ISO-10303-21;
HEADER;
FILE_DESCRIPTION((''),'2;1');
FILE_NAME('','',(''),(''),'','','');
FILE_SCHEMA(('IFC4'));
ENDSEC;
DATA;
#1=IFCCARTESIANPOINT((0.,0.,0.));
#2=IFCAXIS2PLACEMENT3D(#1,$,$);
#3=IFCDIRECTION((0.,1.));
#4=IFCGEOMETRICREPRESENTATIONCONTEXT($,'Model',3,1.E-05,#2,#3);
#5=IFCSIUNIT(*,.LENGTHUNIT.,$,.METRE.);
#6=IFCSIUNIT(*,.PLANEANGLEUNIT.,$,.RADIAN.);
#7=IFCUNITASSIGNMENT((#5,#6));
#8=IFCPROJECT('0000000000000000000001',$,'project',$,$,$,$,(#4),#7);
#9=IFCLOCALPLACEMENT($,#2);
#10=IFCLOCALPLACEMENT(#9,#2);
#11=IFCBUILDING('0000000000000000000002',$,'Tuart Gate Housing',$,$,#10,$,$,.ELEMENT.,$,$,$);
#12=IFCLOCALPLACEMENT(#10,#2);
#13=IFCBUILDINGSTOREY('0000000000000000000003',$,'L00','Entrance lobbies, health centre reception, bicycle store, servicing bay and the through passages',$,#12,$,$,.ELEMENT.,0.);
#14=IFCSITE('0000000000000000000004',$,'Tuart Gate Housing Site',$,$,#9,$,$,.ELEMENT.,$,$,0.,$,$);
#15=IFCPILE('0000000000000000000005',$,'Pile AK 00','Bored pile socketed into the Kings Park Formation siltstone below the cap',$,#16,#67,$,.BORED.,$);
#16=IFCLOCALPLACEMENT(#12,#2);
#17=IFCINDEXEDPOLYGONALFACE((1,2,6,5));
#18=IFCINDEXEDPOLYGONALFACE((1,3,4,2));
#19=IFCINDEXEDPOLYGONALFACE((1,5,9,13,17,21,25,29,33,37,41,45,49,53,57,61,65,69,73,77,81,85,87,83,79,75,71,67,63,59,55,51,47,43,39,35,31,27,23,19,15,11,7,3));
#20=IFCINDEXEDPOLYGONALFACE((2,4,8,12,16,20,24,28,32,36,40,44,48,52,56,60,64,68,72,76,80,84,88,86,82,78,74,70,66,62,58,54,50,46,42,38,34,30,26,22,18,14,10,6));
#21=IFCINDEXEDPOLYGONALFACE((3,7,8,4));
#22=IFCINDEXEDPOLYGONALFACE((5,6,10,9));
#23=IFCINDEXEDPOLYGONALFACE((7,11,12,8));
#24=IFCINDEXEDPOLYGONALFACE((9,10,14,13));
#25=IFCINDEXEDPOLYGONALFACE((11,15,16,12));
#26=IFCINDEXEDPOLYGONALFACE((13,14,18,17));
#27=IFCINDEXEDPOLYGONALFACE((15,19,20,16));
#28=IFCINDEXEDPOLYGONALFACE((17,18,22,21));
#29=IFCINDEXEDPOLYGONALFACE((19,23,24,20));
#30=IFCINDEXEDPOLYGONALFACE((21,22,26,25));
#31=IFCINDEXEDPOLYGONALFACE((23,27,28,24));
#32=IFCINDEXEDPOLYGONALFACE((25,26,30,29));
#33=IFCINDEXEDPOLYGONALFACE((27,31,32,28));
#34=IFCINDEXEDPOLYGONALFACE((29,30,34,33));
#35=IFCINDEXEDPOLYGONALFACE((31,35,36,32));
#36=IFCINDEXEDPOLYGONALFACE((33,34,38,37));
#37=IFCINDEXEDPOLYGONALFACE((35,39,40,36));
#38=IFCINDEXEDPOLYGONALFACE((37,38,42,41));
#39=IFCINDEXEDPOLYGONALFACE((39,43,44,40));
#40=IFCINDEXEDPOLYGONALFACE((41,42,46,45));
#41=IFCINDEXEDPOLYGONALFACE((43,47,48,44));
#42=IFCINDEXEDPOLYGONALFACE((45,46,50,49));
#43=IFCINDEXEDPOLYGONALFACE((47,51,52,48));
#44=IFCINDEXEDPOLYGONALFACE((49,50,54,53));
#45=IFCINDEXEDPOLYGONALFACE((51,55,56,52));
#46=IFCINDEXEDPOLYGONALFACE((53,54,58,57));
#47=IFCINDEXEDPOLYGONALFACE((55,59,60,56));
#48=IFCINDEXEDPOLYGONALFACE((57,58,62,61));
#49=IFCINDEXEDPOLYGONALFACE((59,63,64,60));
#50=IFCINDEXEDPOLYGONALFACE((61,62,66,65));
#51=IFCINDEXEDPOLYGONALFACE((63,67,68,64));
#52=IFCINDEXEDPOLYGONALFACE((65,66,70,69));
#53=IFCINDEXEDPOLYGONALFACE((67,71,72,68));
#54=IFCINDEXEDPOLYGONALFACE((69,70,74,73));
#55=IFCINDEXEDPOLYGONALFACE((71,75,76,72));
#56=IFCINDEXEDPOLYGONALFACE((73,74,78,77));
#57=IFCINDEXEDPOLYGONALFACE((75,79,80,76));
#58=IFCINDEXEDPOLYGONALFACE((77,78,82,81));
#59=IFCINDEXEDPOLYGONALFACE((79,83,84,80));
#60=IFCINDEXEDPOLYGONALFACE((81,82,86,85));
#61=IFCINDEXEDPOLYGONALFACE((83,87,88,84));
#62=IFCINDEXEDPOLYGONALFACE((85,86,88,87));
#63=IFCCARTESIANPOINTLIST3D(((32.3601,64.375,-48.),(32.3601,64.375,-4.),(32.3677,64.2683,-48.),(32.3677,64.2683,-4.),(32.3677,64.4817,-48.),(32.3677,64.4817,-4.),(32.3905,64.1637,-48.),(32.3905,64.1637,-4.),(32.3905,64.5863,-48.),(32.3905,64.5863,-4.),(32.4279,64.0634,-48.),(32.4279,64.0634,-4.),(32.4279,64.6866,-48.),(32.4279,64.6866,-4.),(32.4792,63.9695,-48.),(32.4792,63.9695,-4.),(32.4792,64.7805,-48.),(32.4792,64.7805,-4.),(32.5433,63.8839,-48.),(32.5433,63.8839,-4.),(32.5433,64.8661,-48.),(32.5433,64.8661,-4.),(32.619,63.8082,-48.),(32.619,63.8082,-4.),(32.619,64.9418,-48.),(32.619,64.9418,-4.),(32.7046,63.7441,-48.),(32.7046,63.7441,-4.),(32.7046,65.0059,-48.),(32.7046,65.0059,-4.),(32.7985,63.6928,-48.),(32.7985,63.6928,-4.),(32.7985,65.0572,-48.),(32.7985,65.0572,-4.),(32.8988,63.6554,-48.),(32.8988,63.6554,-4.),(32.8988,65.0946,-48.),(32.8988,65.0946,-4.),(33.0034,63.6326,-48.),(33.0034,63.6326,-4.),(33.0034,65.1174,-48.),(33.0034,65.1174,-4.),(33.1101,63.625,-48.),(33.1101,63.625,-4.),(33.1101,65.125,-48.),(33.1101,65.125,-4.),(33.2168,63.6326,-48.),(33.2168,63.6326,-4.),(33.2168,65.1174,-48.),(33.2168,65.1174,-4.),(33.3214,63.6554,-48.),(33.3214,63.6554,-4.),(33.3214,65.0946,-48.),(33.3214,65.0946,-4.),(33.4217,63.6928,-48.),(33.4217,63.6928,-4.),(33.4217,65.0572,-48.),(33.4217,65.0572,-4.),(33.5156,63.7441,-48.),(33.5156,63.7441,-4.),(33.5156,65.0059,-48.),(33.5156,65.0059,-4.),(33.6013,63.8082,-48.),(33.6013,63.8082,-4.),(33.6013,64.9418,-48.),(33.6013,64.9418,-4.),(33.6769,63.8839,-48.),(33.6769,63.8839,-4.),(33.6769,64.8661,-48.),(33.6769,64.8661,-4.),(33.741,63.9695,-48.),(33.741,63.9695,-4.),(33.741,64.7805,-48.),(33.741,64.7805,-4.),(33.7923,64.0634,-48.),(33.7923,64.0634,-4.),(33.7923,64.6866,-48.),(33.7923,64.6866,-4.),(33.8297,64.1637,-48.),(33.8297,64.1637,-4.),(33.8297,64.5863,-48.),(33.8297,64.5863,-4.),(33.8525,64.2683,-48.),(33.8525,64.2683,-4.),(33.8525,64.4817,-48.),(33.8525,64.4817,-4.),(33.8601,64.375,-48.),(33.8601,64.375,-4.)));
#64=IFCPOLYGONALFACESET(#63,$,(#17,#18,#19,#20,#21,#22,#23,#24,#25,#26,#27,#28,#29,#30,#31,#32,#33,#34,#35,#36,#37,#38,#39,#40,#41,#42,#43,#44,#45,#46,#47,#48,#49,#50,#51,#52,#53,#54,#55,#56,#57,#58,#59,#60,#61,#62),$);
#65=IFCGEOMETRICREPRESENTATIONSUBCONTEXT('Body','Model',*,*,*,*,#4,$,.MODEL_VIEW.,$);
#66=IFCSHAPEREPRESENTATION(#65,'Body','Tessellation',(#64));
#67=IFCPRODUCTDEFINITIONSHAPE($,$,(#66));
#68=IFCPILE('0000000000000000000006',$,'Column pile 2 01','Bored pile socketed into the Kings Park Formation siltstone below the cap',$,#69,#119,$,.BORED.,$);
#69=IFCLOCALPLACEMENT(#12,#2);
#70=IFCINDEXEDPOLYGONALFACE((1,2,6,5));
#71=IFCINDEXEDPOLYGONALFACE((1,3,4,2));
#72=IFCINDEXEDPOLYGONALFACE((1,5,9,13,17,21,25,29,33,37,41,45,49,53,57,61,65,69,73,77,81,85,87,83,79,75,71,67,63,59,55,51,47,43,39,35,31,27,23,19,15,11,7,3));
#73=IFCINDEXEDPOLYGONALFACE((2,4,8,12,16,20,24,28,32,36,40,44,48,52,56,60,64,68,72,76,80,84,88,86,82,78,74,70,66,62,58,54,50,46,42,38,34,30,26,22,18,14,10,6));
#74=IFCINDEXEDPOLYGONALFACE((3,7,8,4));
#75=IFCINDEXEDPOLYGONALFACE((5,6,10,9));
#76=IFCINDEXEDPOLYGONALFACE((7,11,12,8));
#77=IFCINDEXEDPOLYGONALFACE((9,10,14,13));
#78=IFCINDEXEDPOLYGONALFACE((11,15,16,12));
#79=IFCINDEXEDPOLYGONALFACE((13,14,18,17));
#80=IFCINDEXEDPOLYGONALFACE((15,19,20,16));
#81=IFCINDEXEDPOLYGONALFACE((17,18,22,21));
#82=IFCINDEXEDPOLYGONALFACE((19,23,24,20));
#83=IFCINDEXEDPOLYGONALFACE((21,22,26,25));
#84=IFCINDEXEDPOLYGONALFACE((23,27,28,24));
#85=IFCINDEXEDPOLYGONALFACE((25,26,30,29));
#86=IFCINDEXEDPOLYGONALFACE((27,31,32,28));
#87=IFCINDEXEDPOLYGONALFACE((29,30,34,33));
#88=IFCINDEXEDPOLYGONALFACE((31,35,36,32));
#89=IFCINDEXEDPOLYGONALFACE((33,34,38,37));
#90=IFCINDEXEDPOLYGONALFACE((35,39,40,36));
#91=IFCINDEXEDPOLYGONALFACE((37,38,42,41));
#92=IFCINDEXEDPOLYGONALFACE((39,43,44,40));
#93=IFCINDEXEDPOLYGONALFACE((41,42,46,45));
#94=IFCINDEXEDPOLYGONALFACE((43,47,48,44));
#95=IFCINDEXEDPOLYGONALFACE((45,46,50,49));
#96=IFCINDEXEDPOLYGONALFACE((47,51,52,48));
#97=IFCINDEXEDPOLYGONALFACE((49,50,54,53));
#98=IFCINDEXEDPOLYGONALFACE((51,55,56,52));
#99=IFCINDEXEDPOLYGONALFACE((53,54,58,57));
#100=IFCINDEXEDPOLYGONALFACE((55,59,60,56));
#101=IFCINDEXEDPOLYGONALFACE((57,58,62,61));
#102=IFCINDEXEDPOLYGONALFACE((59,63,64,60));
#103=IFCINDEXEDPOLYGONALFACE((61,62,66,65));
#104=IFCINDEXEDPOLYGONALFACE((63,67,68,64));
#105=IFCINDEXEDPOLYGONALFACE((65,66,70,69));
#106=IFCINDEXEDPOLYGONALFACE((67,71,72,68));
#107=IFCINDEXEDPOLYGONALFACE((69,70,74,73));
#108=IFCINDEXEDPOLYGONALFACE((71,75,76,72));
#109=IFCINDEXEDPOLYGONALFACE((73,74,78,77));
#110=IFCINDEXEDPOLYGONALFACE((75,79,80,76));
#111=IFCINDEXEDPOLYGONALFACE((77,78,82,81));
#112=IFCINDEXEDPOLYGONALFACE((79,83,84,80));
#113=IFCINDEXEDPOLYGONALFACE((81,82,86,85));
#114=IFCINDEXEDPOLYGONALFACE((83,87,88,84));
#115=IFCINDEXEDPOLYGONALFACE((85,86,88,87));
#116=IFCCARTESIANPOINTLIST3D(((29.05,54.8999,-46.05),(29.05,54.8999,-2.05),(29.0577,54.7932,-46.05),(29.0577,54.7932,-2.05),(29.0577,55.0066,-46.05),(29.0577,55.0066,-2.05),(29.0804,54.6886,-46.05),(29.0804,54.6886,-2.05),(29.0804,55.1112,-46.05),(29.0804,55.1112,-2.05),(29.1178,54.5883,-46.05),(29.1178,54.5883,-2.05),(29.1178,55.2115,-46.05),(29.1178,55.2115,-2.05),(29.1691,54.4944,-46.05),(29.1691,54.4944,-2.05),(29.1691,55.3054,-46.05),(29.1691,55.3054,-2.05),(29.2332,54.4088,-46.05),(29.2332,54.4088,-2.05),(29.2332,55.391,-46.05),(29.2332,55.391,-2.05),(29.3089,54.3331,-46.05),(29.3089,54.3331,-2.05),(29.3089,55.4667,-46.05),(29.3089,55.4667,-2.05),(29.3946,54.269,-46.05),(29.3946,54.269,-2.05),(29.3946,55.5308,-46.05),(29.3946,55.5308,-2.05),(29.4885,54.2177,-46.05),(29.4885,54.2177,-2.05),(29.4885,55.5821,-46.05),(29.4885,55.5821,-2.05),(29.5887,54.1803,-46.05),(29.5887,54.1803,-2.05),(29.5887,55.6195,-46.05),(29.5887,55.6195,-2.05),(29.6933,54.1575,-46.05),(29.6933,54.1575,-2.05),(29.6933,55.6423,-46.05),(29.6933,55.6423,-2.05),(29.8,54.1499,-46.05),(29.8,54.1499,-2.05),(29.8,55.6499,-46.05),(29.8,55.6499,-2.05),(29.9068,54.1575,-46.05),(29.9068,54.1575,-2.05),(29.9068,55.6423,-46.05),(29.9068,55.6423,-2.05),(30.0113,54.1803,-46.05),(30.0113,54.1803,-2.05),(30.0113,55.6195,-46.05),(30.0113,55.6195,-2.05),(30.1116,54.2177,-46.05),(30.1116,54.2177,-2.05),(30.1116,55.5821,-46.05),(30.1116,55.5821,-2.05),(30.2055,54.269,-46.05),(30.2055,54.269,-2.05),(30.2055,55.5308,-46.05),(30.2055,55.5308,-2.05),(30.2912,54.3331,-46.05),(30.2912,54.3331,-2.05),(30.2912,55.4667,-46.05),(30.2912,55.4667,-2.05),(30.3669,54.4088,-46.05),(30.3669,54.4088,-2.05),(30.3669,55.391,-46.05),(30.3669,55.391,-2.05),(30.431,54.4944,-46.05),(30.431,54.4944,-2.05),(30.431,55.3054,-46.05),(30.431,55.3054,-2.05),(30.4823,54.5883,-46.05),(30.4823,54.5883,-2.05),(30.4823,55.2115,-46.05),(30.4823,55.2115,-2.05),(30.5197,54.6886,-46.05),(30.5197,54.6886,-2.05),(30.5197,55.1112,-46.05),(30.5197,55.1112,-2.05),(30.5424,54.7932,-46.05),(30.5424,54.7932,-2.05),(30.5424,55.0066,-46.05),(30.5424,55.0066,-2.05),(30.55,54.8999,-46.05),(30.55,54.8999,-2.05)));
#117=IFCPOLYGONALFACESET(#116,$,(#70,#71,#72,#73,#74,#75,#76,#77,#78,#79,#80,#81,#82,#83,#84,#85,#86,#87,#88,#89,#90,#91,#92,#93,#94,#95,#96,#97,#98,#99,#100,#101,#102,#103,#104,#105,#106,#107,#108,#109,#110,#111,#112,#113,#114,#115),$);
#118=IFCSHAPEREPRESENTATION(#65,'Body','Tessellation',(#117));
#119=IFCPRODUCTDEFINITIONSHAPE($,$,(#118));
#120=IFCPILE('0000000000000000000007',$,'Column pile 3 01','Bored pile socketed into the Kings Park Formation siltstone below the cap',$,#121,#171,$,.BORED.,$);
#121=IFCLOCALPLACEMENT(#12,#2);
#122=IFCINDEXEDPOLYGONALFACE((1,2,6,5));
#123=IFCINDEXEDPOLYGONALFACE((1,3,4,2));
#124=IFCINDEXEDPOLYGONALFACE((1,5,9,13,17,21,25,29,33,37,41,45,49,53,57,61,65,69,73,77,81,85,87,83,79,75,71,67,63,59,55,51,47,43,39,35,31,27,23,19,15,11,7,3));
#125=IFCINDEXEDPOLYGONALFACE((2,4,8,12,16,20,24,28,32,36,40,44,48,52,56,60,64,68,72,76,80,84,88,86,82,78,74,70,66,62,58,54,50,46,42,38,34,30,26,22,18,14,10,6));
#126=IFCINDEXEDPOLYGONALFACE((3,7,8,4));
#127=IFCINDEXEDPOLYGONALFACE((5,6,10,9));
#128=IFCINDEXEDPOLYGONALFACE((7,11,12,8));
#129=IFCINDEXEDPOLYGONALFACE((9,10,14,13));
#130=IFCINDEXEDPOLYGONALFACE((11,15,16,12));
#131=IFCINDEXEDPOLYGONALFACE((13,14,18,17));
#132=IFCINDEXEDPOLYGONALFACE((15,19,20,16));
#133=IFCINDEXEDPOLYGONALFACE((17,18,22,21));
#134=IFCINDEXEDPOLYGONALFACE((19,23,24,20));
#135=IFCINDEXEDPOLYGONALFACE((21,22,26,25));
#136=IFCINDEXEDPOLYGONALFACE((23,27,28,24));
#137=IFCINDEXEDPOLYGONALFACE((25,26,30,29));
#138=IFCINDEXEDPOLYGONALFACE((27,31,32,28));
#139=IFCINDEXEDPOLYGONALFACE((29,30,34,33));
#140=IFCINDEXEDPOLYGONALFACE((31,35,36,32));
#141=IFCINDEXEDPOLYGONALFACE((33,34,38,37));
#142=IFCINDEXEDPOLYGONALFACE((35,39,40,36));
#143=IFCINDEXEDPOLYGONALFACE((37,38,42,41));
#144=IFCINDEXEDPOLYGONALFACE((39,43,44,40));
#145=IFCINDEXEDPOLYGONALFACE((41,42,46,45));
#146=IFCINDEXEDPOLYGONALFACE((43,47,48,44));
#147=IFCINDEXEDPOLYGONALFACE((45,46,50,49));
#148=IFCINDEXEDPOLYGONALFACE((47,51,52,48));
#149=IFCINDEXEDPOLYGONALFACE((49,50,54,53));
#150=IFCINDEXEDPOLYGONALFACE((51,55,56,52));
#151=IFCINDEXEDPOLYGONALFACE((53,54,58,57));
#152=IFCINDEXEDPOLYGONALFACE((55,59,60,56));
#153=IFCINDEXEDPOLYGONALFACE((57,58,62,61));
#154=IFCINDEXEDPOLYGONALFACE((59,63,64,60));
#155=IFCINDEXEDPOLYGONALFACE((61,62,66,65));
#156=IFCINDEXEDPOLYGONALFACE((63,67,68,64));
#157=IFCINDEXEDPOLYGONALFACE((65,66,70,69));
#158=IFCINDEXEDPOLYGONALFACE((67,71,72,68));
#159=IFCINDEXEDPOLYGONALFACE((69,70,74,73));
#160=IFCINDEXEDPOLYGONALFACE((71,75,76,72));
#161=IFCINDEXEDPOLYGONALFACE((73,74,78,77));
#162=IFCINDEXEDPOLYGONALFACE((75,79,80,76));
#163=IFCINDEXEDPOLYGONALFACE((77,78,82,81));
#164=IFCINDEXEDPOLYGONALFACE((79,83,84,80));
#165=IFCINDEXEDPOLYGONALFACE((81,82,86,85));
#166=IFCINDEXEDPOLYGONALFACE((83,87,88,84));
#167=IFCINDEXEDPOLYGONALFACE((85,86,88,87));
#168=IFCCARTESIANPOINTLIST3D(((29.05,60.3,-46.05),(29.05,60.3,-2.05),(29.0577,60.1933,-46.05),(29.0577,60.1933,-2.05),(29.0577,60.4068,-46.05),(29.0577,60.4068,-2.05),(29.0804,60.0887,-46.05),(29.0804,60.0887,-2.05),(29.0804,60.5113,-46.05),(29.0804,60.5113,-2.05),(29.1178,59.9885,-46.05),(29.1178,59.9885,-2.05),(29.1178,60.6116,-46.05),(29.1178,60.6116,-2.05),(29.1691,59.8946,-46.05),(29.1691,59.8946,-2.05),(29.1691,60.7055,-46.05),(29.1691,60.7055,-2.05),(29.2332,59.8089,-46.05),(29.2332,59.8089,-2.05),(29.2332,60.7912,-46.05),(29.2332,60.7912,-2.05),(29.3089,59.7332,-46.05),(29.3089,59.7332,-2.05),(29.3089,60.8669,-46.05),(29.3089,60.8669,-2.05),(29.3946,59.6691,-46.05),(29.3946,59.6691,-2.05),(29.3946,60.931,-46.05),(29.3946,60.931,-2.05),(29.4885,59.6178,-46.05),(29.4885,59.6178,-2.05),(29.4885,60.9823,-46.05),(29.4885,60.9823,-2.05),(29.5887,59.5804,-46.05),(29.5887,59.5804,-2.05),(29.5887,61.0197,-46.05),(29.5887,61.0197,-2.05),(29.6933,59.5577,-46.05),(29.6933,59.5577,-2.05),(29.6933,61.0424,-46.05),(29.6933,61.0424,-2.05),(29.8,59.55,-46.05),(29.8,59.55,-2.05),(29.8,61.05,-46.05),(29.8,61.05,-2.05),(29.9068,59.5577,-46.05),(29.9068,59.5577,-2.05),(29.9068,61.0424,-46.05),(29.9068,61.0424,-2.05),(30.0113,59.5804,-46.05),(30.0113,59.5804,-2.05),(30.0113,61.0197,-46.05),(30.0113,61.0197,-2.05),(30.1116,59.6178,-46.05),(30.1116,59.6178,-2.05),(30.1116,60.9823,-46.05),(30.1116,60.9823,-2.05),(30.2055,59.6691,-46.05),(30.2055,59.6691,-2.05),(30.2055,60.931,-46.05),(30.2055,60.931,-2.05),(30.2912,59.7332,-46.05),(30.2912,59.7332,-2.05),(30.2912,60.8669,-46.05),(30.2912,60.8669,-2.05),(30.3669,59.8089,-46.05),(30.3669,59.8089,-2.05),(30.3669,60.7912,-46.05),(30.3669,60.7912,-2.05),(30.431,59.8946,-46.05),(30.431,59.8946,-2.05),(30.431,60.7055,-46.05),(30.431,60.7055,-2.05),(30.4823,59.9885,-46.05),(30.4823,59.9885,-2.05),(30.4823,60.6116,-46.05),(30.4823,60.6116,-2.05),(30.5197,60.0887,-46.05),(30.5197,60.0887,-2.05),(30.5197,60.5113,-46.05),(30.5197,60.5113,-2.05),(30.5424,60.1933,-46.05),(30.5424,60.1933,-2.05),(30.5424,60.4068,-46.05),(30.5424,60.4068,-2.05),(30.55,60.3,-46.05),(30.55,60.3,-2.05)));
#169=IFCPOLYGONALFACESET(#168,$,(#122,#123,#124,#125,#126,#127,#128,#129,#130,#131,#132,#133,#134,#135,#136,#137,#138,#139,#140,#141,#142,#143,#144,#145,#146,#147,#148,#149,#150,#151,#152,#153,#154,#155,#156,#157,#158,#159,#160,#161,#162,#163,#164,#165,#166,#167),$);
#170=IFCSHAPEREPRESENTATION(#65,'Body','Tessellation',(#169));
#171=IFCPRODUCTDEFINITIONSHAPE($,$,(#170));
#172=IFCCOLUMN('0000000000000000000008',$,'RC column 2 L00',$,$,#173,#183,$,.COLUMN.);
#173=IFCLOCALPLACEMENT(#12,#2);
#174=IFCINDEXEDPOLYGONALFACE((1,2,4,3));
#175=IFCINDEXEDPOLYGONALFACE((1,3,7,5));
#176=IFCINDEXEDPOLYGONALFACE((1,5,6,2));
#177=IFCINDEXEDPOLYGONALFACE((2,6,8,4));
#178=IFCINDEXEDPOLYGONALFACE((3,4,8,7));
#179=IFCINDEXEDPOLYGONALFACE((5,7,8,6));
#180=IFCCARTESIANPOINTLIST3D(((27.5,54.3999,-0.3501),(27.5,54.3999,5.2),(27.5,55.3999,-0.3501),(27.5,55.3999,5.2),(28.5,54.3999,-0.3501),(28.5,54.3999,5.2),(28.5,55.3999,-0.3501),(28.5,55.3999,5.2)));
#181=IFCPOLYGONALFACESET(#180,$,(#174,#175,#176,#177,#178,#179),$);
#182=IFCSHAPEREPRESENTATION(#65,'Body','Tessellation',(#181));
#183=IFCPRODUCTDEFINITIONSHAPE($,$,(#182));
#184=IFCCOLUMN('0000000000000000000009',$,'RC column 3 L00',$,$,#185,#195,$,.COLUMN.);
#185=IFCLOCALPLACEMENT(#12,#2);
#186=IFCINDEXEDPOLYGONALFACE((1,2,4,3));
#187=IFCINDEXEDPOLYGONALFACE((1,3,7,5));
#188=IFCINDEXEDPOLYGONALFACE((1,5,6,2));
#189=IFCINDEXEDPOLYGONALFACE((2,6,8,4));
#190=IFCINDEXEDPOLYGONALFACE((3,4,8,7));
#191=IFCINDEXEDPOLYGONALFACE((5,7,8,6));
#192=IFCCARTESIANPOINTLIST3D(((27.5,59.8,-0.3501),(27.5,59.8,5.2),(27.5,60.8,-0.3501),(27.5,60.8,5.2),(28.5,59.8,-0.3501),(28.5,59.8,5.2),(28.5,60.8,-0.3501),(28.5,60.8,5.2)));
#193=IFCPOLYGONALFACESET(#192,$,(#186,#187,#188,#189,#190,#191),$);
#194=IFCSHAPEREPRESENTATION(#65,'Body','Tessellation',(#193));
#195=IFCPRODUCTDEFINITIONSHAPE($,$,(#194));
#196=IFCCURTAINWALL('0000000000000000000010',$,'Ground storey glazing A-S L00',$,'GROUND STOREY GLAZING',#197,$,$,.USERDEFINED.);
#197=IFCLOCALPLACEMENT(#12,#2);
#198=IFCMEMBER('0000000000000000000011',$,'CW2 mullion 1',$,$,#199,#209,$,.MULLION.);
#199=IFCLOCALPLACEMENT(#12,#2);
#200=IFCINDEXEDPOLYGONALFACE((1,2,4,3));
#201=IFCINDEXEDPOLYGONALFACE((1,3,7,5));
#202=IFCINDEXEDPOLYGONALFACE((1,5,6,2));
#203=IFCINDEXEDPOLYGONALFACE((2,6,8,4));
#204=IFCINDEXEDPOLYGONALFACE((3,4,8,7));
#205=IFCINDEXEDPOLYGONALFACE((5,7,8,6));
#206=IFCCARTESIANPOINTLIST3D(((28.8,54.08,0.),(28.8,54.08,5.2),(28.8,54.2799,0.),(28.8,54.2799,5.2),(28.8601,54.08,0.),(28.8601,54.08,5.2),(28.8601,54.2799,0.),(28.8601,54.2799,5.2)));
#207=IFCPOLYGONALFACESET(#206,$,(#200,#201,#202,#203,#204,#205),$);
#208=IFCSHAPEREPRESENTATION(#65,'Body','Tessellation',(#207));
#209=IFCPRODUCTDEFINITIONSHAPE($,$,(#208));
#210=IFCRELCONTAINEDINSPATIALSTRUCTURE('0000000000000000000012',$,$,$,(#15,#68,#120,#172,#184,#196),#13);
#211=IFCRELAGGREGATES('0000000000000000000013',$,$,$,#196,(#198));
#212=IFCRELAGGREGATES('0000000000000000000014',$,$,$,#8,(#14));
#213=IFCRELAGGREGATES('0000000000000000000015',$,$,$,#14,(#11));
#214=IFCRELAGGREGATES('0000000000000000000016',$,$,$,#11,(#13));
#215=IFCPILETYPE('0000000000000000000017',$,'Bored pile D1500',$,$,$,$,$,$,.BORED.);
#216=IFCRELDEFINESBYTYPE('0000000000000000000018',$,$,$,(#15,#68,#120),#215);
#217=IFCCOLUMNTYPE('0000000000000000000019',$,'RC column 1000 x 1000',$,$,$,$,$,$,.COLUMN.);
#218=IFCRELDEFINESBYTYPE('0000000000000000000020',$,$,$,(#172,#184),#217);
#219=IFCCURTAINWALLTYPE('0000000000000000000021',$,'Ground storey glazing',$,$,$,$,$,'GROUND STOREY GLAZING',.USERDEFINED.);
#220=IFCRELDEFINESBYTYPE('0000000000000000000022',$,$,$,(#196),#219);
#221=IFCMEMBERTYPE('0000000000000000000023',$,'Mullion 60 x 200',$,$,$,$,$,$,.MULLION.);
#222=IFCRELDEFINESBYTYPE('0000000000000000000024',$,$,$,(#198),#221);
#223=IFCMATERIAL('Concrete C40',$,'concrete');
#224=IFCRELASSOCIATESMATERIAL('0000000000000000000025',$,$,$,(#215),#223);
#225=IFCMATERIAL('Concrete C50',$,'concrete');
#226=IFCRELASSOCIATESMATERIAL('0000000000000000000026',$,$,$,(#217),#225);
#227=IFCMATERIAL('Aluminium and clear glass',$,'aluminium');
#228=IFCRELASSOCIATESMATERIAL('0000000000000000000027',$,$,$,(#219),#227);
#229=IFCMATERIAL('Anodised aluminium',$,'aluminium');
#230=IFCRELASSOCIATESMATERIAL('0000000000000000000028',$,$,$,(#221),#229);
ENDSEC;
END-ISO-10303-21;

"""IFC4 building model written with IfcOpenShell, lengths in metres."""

from ifc_helpers import new_model, si_unit, direction, frame, origin, origin_2d, place, context, subcontext, project, spatial, rectangle, circle, extrude, material, material_profile, profile_set, type_object, element, aggregate, save


model = new_model("IFC4")

# Units and contexts
model_context = context("Model", 3, precision=1e-05, world=origin(), true_north=direction((0.0, 1.0)))
body_context = subcontext(model_context, "Body", "Model", "MODEL_VIEW")
ifc_project = project(units=[si_unit("LENGTHUNIT", "METRE"), si_unit("PLANEANGLEUNIT", "RADIAN")], contexts=[model_context])

# Site, building, storey
site_placement = place(None, origin())
site = spatial("IfcSite", under=ifc_project, at=site_placement, Name="Tuart Gate Housing Site", CompositionType="ELEMENT", RefElevation=0.0)
building_placement = place(site_placement, origin())
building = spatial("IfcBuilding", under=site, at=building_placement, Name="Tuart Gate Housing", CompositionType="ELEMENT")
storey_placement = place(building_placement, origin())
storey = spatial("IfcBuildingStorey", under=building, at=storey_placement, Name="L00", Description="Entrance lobbies, health centre reception, bicycle store, servicing bay and the through passages", CompositionType="ELEMENT", Elevation=0.0)

# Piles
ifc_material_1 = material(Name="Concrete C40", Category="concrete")
ifc_material_profile_1 = material_profile(ifc_material_1, circle(Radius=0.75, at=origin_2d()), Name="Bored pile D1500")
ifc_profile_set_1 = profile_set([ifc_material_profile_1], Name="Concrete C40")
pile_type = type_object("IfcPileType", Name="Bored pile D1500", PredefinedType="BORED", material=ifc_profile_set_1)
for number, where, z_axis, x_axis, name in (
    (1, (33.1101, 64.375, -4.0), (0.0, 0.0, -1.0), (1.0, 0.0, 0.0), "Pile AK 00"),
    (2, (29.8, 54.8999, -2.05), (0.0, 0.0, -1.0), (1.0, 0.0, 0.0), "Column pile 2 01"),
    (3, (29.8, 60.3, -2.05), (0.0, 0.0, -1.0), (1.0, 0.0, 0.0), "Column pile 3 01"),
):
    element("IfcPile", number, at=place(storey_placement, frame(where, z_axis=z_axis, x_axis=x_axis)), inside=storey, type_object=pile_type, Name=name, Description="Bored pile socketed into the Kings Park Formation siltstone below the cap", PredefinedType="BORED", context=body_context, shape_type="SweptSolid", body=[
        extrude(circle(Radius=0.75, at=origin_2d()), origin(), (0.0, 0.0, 1.0), 44.0),
    ])

# Columns
ifc_material_2 = material(Name="Concrete C50", Category="concrete")
ifc_material_profile_2 = material_profile(ifc_material_2, rectangle(XDim=1.0, YDim=1.0, at=origin_2d()), Name="RC column 1000 x 1000")
ifc_profile_set_2 = profile_set([ifc_material_profile_2], Name="Concrete C50")
column_type = type_object("IfcColumnType", Name="RC column 1000 x 1000", PredefinedType="COLUMN", material=ifc_profile_set_2)
for number, where, z_axis, x_axis, name in (
    (4, (28.0, 54.8999, -0.3501), (0.0, 0.0, 1.0), (1.0, 0.0, 0.0), "RC column 2 L00"),
    (5, (28.0, 60.3, -0.3501), (0.0, 0.0, 1.0), (1.0, 0.0, 0.0), "RC column 3 L00"),
):
    element("IfcColumn", number, at=place(storey_placement, frame(where, z_axis=z_axis, x_axis=x_axis)), inside=storey, type_object=column_type, Name=name, PredefinedType="COLUMN", context=body_context, shape_type="SweptSolid", body=[
        extrude(rectangle(XDim=1.0, YDim=1.0, at=origin_2d()), origin(), (0.0, 0.0, 1.0), 5.55),
    ])

# Curtain wall, member
ifc_material_3 = material(Name="Aluminium and clear glass", Category="aluminium")
curtain_wall_type = type_object("IfcCurtainWallType", Name="Ground storey glazing", ElementType="GROUND STOREY GLAZING", PredefinedType="USERDEFINED", material=ifc_material_3)
curtain_wall_placement = place(storey_placement, origin())
curtain_wall = element("IfcCurtainWall", 6, at=curtain_wall_placement, inside=storey, type_object=curtain_wall_type, Name="Ground storey glazing A-S L00", ObjectType="GROUND STOREY GLAZING", PredefinedType="USERDEFINED")
ifc_material_4 = material(Name="Anodised aluminium", Category="aluminium")
ifc_material_profile_3 = material_profile(ifc_material_4, rectangle(XDim=0.0601, YDim=0.2, at=origin_2d()), Name="60x200")
ifc_profile_set_3 = profile_set([ifc_material_profile_3], Name="Anodised aluminium")
member_type_1 = type_object("IfcMemberType", Name="Mullion 60 x 200", PredefinedType="MULLION", material=ifc_profile_set_3)
member_1_placement = place(storey_placement, frame((28.8301, 54.1799, 0.0), z_axis=(0.0, 0.0, 1.0), x_axis=(1.0, 0.0, 0.0)))
member_1 = element("IfcMember", 7, at=member_1_placement, type_object=member_type_1, Name="CW2 mullion 1", PredefinedType="MULLION", context=body_context, shape_type="SweptSolid", body=[
    extrude(rectangle(XDim=0.0601, YDim=0.2, at=origin_2d()), origin(), (0.0, 0.0, 1.0), 5.2),
])
aggregate(curtain_wall, [member_1])

save(model, "model.ifc")
